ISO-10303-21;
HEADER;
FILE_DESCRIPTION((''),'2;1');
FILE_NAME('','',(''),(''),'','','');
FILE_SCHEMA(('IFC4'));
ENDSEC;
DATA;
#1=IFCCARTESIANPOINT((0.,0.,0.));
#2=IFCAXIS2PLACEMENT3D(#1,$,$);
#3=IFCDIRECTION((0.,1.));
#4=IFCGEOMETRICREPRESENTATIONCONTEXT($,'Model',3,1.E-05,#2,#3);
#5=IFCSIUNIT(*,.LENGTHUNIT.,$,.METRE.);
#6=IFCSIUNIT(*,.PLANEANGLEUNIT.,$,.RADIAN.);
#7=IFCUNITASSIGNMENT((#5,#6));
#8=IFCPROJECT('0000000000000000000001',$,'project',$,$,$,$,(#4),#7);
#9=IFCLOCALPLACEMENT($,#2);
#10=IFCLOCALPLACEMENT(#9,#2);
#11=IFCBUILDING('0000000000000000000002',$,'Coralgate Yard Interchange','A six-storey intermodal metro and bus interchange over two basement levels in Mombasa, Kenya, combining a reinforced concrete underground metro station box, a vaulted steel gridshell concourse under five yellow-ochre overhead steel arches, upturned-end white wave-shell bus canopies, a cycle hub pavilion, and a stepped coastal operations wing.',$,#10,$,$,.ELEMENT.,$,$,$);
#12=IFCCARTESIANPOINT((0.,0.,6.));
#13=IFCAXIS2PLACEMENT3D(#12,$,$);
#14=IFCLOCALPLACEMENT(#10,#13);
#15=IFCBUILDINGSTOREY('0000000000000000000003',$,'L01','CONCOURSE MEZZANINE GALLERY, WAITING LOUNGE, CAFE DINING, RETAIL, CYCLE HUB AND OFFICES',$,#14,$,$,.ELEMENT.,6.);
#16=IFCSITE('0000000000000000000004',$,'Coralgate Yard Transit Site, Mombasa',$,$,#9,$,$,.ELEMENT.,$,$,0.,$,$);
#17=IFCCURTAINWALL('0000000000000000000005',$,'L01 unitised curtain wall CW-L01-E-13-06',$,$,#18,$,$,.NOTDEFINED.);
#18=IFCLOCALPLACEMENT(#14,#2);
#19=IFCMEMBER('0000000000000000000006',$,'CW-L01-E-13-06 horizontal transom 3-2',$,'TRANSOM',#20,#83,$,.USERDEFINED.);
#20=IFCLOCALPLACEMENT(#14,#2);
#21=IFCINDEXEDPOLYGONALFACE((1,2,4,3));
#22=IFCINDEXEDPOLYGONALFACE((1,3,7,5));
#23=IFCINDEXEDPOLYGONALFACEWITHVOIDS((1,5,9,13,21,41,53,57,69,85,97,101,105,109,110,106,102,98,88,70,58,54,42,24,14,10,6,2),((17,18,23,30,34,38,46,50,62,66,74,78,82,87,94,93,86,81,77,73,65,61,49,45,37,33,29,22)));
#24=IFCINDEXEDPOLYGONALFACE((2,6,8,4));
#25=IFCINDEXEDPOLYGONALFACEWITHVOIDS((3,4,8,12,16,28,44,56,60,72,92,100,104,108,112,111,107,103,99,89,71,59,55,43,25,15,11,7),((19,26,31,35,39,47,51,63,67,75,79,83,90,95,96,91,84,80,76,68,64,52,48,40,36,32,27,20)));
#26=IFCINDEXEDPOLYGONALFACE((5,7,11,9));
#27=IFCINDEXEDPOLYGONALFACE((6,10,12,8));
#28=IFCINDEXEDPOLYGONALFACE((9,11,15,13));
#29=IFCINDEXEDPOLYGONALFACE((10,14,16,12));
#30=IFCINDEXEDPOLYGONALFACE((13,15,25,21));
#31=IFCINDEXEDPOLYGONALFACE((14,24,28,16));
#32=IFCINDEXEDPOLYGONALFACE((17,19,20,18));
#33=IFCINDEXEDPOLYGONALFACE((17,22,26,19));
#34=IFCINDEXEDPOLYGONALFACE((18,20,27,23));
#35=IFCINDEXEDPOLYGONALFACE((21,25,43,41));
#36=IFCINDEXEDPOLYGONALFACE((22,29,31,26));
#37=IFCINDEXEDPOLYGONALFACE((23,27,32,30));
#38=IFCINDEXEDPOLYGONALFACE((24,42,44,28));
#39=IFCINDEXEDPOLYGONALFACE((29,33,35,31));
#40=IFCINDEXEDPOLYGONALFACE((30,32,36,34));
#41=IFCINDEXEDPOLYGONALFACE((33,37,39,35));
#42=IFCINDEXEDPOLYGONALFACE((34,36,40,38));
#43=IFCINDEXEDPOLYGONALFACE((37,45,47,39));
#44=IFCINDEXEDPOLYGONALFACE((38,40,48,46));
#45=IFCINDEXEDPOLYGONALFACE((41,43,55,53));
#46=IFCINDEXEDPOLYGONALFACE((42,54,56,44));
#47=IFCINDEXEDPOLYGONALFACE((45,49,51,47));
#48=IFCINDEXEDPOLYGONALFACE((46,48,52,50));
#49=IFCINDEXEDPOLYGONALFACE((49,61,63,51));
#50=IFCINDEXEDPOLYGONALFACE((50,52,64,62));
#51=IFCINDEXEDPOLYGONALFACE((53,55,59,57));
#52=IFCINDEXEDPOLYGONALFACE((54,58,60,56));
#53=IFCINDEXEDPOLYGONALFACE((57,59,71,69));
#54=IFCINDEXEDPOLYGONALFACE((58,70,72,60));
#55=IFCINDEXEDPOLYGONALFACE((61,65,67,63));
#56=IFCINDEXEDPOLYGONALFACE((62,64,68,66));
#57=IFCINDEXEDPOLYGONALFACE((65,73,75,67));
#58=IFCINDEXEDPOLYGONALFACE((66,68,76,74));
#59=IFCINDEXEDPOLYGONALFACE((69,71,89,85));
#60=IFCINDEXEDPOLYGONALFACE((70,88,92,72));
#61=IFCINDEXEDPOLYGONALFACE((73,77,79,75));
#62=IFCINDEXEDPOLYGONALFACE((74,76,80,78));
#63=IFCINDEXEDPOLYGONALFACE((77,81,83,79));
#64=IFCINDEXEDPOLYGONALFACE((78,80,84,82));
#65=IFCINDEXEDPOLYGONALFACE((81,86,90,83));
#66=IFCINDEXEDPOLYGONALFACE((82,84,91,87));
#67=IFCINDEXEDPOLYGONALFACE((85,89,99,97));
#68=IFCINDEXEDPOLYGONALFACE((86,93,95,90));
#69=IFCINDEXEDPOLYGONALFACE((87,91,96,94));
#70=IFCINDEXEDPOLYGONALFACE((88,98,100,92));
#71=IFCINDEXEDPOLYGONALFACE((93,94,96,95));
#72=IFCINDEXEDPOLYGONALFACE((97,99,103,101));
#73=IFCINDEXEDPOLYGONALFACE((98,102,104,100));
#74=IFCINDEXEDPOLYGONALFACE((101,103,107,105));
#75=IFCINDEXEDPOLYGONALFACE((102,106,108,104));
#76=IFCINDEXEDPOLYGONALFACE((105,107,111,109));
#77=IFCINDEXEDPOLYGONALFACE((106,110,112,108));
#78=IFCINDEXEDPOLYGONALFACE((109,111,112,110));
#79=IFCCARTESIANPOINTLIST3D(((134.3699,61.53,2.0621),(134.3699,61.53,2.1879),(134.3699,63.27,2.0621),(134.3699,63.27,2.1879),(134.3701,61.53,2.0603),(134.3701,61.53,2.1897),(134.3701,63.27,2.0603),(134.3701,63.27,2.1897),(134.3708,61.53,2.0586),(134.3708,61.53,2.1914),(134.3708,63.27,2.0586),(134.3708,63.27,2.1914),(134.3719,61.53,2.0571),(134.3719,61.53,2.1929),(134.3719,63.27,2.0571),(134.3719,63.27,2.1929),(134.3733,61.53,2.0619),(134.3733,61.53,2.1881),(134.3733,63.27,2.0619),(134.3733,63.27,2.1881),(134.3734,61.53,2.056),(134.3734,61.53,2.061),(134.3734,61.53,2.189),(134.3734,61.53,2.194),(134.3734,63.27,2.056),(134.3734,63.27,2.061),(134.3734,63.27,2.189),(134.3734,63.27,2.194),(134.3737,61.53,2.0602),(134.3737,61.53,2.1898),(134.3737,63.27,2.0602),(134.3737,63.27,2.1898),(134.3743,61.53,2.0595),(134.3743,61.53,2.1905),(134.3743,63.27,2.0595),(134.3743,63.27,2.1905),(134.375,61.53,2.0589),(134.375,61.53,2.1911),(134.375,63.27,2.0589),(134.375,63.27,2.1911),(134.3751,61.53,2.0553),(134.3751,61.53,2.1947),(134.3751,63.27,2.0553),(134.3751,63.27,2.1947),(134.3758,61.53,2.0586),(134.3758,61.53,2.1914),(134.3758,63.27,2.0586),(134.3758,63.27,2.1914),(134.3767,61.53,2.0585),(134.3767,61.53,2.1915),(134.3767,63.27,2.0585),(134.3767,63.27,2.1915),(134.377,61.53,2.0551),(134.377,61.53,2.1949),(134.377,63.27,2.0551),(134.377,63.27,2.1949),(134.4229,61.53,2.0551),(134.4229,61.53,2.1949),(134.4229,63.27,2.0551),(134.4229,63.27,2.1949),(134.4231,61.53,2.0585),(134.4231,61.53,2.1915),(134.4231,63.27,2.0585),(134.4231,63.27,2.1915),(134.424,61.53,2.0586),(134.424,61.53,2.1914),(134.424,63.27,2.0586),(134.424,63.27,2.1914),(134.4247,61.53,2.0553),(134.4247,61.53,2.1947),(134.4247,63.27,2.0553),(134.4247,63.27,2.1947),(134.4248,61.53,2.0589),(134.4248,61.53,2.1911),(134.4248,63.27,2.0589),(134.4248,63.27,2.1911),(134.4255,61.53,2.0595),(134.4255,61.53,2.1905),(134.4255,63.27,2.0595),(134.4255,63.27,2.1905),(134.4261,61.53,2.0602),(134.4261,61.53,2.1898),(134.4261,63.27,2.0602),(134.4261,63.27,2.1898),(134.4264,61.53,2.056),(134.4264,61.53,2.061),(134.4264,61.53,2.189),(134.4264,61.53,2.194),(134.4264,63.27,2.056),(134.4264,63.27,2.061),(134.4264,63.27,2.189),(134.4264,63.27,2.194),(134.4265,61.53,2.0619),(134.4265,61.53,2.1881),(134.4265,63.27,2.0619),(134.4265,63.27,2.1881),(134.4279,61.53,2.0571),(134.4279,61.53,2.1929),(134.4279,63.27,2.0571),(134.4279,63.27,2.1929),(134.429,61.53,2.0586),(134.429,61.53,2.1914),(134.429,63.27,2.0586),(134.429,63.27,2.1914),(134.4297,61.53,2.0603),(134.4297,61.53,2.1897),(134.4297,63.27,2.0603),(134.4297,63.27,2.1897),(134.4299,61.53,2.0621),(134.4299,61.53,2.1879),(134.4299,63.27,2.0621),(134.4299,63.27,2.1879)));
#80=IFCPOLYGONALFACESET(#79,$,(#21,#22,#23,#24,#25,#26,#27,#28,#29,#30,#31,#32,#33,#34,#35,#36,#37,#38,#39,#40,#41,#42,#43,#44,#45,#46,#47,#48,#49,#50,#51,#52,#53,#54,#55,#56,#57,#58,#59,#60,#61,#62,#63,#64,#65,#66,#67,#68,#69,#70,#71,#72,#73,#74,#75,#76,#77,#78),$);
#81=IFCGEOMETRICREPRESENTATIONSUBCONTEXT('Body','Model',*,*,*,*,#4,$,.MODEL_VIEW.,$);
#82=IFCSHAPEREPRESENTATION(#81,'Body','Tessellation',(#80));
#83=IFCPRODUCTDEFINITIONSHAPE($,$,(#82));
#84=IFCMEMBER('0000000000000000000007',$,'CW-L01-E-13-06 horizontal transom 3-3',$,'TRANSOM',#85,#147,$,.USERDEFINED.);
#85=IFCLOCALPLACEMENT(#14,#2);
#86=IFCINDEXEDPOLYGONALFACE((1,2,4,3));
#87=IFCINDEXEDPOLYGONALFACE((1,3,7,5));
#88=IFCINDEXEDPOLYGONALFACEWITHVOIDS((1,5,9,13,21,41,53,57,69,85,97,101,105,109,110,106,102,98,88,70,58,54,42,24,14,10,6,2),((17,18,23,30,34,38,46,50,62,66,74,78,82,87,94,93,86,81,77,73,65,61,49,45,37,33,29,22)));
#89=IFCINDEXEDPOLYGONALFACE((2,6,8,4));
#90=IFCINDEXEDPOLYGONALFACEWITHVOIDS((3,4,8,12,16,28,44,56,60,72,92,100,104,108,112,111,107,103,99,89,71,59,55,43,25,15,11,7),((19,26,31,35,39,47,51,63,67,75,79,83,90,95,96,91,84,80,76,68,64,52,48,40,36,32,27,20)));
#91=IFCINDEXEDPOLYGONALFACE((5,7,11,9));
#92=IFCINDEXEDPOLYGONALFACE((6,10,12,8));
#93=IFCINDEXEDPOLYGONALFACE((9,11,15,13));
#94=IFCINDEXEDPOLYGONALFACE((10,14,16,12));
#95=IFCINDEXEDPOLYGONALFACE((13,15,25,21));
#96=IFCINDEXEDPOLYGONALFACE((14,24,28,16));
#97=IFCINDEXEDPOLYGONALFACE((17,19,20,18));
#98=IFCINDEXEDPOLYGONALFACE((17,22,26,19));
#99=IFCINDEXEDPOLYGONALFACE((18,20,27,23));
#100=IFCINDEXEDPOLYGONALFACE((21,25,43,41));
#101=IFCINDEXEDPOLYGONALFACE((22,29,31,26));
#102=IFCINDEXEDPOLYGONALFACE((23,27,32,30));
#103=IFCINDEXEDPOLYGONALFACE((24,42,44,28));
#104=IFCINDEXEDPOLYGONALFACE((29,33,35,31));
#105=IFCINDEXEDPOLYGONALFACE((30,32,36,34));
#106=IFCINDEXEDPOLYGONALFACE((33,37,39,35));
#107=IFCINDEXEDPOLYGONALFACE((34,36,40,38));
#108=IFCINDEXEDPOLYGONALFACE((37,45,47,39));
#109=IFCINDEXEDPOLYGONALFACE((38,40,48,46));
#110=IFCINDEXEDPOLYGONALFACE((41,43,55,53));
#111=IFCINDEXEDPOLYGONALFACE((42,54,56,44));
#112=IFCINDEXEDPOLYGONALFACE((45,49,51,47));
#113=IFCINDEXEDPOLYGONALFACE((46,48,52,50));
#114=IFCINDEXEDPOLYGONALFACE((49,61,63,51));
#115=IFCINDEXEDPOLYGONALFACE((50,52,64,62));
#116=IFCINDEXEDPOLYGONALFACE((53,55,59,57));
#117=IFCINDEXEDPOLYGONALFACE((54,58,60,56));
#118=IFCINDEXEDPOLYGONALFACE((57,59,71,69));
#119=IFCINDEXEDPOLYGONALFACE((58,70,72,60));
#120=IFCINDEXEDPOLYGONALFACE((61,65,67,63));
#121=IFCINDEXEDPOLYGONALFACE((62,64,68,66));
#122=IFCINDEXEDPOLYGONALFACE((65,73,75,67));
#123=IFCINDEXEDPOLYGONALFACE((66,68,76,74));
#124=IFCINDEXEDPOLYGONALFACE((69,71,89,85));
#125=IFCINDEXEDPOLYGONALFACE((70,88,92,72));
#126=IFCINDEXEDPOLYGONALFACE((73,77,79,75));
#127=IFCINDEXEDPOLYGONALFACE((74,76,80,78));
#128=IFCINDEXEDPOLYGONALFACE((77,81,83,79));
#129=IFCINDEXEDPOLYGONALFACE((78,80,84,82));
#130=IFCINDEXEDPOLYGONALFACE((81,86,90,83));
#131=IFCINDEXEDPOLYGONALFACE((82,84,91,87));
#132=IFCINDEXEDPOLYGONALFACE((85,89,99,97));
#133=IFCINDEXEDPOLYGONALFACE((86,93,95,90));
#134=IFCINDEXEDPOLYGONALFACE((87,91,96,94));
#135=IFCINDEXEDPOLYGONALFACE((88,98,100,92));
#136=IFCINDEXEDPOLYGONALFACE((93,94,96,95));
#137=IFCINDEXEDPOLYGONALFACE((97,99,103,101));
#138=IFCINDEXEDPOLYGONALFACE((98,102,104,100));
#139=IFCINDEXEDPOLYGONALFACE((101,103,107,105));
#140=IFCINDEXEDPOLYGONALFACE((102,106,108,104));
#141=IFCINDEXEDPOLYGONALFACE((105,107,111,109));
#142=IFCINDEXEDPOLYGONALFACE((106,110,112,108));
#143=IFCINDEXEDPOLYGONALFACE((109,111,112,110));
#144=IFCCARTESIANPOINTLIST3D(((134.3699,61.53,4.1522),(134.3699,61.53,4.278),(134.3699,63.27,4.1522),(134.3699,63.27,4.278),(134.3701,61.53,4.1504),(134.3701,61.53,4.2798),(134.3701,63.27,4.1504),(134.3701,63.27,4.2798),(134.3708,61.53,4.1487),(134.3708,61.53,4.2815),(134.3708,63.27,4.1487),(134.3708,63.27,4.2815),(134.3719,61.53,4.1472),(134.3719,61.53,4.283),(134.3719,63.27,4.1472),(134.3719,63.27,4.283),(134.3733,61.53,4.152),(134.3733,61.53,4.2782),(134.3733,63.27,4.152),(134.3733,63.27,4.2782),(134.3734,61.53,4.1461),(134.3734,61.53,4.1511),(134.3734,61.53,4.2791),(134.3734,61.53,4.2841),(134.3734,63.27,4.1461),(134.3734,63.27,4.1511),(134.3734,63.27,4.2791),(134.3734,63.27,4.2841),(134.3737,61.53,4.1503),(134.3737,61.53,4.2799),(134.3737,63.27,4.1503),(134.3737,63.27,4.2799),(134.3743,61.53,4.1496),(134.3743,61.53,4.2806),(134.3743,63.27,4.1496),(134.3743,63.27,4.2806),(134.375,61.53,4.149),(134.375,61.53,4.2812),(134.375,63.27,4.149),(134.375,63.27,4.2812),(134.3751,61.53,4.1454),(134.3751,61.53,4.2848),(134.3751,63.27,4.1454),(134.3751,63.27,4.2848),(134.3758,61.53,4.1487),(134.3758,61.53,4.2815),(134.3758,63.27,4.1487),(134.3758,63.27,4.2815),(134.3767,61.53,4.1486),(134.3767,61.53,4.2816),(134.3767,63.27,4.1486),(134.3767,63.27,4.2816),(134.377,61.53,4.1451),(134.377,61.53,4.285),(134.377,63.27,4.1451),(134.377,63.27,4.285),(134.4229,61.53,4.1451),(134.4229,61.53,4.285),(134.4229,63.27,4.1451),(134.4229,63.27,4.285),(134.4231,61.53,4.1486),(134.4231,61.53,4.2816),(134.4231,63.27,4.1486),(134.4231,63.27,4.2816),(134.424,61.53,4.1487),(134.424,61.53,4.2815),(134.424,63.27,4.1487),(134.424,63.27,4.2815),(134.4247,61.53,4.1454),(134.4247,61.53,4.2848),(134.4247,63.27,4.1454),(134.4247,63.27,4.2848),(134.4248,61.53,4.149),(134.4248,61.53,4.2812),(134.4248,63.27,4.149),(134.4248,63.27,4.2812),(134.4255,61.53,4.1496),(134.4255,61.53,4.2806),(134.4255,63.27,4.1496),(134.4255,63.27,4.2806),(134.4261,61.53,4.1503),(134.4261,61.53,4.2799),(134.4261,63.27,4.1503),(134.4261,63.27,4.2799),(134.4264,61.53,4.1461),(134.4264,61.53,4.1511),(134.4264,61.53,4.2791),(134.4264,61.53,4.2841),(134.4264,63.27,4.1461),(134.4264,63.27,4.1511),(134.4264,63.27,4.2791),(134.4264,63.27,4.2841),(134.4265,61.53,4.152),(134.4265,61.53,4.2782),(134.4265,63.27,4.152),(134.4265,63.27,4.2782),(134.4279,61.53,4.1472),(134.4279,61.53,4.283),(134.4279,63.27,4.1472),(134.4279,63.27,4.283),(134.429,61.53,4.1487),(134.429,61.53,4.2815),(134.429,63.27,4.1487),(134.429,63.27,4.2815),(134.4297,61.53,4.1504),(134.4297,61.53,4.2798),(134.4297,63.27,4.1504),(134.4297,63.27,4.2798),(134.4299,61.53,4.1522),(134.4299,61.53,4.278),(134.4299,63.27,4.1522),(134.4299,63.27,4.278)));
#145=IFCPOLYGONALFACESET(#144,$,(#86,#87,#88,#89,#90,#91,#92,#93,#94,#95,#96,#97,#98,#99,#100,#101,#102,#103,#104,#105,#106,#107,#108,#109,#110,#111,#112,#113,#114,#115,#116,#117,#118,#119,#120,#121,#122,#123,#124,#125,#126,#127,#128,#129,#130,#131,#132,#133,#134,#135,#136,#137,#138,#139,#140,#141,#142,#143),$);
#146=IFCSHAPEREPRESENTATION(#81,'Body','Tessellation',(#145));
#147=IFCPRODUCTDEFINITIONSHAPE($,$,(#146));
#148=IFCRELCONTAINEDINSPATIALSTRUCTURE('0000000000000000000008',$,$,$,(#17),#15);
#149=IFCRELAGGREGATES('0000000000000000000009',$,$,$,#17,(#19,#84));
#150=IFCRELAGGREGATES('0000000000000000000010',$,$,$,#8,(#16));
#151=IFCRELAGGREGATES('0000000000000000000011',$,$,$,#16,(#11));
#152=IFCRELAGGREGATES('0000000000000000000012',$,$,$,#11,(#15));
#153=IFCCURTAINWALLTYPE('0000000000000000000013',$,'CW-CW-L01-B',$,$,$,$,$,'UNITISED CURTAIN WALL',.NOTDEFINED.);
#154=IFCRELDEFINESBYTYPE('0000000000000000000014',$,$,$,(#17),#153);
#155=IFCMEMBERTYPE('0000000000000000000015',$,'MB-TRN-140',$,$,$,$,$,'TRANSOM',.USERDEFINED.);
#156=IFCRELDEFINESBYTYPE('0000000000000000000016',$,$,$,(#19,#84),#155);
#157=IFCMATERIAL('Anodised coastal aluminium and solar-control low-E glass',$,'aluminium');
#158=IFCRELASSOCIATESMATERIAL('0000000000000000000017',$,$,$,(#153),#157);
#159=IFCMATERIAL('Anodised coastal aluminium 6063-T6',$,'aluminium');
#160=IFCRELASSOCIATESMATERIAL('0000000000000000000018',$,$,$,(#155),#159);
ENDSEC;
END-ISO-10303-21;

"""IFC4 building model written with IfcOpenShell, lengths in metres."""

from ifc_helpers import new_model, si_unit, direction, frame, origin, origin_2d, place, context, subcontext, project, spatial, hollow_rectangle, extrude, material, material_profile, profile_set, type_object, element, aggregate, save


model = new_model("IFC4")

# Units and contexts
model_context = context("Model", 3, precision=1e-05, world=origin(), true_north=direction((0.0, 1.0)))
body_context = subcontext(model_context, "Body", "Model", "MODEL_VIEW")
ifc_project = project(units=[si_unit("LENGTHUNIT", "METRE"), si_unit("PLANEANGLEUNIT", "RADIAN")], contexts=[model_context])

# Site, building, storey
site_placement = place(None, origin())
site = spatial("IfcSite", under=ifc_project, at=site_placement, Name="Coralgate Yard Transit Site, Mombasa", CompositionType="ELEMENT", RefElevation=0.0)
building_placement = place(site_placement, origin())
building = spatial("IfcBuilding", under=site, at=building_placement, Name="Coralgate Yard Interchange", Description="A six-storey intermodal metro and bus interchange over two basement levels in Mombasa, Kenya, combining a reinforced concrete underground metro station box, a vaulted steel gridshell concourse under five yellow-ochre overhead steel arches, upturned-end white wave-shell bus canopies, a cycle hub pavilion, and a stepped coastal operations wing.", CompositionType="ELEMENT")
storey_placement = place(building_placement, frame((0.0, 0.0, 6.0)))
storey = spatial("IfcBuildingStorey", under=building, at=storey_placement, Name="L01", Description="CONCOURSE MEZZANINE GALLERY, WAITING LOUNGE, CAFE DINING, RETAIL, CYCLE HUB AND OFFICES", CompositionType="ELEMENT", Elevation=6.0)

# Curtain wall, members
ifc_material_1 = material(Name="Anodised coastal aluminium and solar-control low-E glass", Category="aluminium")
curtain_wall_type = type_object("IfcCurtainWallType", Name="CW-CW-L01-B", ElementType="UNITISED CURTAIN WALL", PredefinedType="NOTDEFINED", material=ifc_material_1)
curtain_wall_placement = place(storey_placement, origin())
curtain_wall = element("IfcCurtainWall", 1, at=curtain_wall_placement, inside=storey, type_object=curtain_wall_type, Name="L01 unitised curtain wall CW-L01-E-13-06", PredefinedType="NOTDEFINED")
ifc_material_2 = material(Name="Anodised coastal aluminium 6063-T6", Category="aluminium")
ifc_material_profile_1 = material_profile(ifc_material_2, hollow_rectangle(XDim=0.0601, YDim=0.1399, WallThickness=0.0034, InnerFilletRadius=0.0034, OuterFilletRadius=0.0071, at=origin_2d()), Name="ALU 60x140x3.5")
ifc_profile_set_1 = profile_set([ifc_material_profile_1], Name="Anodised coastal aluminium 6063-T6")
member_type_1 = type_object("IfcMemberType", Name="MB-TRN-140", ElementType="TRANSOM", PredefinedType="USERDEFINED", material=ifc_profile_set_1)
member_1_placement = place(storey_placement, frame((134.3999, 63.27, 2.125), z_axis=(0.0, -1.0, 0.0), x_axis=(1.0, 0.0, 0.0)))
member_1 = element("IfcMember", 2, at=member_1_placement, type_object=member_type_1, Name="CW-L01-E-13-06 horizontal transom 3-2", ObjectType="TRANSOM", PredefinedType="USERDEFINED", context=body_context, shape_type="SweptSolid", body=[
    extrude(hollow_rectangle(XDim=0.0601, YDim=0.1399, WallThickness=0.0034, InnerFilletRadius=0.0034, OuterFilletRadius=0.0071, at=origin_2d()), origin(), (0.0, 0.0, 1.0), 1.74),
])
member_2_placement = place(storey_placement, frame((134.3999, 63.27, 4.2151), z_axis=(0.0, -1.0, 0.0), x_axis=(1.0, 0.0, 0.0)))
member_2 = element("IfcMember", 3, at=member_2_placement, type_object=member_type_1, Name="CW-L01-E-13-06 horizontal transom 3-3", ObjectType="TRANSOM", PredefinedType="USERDEFINED", context=body_context, shape_type="SweptSolid", body=[
    extrude(hollow_rectangle(XDim=0.0601, YDim=0.1399, WallThickness=0.0034, InnerFilletRadius=0.0034, OuterFilletRadius=0.0071, at=origin_2d()), origin(), (0.0, 0.0, 1.0), 1.74),
])
aggregate(curtain_wall, [member_1, member_2])

save(model, "model.ifc")
